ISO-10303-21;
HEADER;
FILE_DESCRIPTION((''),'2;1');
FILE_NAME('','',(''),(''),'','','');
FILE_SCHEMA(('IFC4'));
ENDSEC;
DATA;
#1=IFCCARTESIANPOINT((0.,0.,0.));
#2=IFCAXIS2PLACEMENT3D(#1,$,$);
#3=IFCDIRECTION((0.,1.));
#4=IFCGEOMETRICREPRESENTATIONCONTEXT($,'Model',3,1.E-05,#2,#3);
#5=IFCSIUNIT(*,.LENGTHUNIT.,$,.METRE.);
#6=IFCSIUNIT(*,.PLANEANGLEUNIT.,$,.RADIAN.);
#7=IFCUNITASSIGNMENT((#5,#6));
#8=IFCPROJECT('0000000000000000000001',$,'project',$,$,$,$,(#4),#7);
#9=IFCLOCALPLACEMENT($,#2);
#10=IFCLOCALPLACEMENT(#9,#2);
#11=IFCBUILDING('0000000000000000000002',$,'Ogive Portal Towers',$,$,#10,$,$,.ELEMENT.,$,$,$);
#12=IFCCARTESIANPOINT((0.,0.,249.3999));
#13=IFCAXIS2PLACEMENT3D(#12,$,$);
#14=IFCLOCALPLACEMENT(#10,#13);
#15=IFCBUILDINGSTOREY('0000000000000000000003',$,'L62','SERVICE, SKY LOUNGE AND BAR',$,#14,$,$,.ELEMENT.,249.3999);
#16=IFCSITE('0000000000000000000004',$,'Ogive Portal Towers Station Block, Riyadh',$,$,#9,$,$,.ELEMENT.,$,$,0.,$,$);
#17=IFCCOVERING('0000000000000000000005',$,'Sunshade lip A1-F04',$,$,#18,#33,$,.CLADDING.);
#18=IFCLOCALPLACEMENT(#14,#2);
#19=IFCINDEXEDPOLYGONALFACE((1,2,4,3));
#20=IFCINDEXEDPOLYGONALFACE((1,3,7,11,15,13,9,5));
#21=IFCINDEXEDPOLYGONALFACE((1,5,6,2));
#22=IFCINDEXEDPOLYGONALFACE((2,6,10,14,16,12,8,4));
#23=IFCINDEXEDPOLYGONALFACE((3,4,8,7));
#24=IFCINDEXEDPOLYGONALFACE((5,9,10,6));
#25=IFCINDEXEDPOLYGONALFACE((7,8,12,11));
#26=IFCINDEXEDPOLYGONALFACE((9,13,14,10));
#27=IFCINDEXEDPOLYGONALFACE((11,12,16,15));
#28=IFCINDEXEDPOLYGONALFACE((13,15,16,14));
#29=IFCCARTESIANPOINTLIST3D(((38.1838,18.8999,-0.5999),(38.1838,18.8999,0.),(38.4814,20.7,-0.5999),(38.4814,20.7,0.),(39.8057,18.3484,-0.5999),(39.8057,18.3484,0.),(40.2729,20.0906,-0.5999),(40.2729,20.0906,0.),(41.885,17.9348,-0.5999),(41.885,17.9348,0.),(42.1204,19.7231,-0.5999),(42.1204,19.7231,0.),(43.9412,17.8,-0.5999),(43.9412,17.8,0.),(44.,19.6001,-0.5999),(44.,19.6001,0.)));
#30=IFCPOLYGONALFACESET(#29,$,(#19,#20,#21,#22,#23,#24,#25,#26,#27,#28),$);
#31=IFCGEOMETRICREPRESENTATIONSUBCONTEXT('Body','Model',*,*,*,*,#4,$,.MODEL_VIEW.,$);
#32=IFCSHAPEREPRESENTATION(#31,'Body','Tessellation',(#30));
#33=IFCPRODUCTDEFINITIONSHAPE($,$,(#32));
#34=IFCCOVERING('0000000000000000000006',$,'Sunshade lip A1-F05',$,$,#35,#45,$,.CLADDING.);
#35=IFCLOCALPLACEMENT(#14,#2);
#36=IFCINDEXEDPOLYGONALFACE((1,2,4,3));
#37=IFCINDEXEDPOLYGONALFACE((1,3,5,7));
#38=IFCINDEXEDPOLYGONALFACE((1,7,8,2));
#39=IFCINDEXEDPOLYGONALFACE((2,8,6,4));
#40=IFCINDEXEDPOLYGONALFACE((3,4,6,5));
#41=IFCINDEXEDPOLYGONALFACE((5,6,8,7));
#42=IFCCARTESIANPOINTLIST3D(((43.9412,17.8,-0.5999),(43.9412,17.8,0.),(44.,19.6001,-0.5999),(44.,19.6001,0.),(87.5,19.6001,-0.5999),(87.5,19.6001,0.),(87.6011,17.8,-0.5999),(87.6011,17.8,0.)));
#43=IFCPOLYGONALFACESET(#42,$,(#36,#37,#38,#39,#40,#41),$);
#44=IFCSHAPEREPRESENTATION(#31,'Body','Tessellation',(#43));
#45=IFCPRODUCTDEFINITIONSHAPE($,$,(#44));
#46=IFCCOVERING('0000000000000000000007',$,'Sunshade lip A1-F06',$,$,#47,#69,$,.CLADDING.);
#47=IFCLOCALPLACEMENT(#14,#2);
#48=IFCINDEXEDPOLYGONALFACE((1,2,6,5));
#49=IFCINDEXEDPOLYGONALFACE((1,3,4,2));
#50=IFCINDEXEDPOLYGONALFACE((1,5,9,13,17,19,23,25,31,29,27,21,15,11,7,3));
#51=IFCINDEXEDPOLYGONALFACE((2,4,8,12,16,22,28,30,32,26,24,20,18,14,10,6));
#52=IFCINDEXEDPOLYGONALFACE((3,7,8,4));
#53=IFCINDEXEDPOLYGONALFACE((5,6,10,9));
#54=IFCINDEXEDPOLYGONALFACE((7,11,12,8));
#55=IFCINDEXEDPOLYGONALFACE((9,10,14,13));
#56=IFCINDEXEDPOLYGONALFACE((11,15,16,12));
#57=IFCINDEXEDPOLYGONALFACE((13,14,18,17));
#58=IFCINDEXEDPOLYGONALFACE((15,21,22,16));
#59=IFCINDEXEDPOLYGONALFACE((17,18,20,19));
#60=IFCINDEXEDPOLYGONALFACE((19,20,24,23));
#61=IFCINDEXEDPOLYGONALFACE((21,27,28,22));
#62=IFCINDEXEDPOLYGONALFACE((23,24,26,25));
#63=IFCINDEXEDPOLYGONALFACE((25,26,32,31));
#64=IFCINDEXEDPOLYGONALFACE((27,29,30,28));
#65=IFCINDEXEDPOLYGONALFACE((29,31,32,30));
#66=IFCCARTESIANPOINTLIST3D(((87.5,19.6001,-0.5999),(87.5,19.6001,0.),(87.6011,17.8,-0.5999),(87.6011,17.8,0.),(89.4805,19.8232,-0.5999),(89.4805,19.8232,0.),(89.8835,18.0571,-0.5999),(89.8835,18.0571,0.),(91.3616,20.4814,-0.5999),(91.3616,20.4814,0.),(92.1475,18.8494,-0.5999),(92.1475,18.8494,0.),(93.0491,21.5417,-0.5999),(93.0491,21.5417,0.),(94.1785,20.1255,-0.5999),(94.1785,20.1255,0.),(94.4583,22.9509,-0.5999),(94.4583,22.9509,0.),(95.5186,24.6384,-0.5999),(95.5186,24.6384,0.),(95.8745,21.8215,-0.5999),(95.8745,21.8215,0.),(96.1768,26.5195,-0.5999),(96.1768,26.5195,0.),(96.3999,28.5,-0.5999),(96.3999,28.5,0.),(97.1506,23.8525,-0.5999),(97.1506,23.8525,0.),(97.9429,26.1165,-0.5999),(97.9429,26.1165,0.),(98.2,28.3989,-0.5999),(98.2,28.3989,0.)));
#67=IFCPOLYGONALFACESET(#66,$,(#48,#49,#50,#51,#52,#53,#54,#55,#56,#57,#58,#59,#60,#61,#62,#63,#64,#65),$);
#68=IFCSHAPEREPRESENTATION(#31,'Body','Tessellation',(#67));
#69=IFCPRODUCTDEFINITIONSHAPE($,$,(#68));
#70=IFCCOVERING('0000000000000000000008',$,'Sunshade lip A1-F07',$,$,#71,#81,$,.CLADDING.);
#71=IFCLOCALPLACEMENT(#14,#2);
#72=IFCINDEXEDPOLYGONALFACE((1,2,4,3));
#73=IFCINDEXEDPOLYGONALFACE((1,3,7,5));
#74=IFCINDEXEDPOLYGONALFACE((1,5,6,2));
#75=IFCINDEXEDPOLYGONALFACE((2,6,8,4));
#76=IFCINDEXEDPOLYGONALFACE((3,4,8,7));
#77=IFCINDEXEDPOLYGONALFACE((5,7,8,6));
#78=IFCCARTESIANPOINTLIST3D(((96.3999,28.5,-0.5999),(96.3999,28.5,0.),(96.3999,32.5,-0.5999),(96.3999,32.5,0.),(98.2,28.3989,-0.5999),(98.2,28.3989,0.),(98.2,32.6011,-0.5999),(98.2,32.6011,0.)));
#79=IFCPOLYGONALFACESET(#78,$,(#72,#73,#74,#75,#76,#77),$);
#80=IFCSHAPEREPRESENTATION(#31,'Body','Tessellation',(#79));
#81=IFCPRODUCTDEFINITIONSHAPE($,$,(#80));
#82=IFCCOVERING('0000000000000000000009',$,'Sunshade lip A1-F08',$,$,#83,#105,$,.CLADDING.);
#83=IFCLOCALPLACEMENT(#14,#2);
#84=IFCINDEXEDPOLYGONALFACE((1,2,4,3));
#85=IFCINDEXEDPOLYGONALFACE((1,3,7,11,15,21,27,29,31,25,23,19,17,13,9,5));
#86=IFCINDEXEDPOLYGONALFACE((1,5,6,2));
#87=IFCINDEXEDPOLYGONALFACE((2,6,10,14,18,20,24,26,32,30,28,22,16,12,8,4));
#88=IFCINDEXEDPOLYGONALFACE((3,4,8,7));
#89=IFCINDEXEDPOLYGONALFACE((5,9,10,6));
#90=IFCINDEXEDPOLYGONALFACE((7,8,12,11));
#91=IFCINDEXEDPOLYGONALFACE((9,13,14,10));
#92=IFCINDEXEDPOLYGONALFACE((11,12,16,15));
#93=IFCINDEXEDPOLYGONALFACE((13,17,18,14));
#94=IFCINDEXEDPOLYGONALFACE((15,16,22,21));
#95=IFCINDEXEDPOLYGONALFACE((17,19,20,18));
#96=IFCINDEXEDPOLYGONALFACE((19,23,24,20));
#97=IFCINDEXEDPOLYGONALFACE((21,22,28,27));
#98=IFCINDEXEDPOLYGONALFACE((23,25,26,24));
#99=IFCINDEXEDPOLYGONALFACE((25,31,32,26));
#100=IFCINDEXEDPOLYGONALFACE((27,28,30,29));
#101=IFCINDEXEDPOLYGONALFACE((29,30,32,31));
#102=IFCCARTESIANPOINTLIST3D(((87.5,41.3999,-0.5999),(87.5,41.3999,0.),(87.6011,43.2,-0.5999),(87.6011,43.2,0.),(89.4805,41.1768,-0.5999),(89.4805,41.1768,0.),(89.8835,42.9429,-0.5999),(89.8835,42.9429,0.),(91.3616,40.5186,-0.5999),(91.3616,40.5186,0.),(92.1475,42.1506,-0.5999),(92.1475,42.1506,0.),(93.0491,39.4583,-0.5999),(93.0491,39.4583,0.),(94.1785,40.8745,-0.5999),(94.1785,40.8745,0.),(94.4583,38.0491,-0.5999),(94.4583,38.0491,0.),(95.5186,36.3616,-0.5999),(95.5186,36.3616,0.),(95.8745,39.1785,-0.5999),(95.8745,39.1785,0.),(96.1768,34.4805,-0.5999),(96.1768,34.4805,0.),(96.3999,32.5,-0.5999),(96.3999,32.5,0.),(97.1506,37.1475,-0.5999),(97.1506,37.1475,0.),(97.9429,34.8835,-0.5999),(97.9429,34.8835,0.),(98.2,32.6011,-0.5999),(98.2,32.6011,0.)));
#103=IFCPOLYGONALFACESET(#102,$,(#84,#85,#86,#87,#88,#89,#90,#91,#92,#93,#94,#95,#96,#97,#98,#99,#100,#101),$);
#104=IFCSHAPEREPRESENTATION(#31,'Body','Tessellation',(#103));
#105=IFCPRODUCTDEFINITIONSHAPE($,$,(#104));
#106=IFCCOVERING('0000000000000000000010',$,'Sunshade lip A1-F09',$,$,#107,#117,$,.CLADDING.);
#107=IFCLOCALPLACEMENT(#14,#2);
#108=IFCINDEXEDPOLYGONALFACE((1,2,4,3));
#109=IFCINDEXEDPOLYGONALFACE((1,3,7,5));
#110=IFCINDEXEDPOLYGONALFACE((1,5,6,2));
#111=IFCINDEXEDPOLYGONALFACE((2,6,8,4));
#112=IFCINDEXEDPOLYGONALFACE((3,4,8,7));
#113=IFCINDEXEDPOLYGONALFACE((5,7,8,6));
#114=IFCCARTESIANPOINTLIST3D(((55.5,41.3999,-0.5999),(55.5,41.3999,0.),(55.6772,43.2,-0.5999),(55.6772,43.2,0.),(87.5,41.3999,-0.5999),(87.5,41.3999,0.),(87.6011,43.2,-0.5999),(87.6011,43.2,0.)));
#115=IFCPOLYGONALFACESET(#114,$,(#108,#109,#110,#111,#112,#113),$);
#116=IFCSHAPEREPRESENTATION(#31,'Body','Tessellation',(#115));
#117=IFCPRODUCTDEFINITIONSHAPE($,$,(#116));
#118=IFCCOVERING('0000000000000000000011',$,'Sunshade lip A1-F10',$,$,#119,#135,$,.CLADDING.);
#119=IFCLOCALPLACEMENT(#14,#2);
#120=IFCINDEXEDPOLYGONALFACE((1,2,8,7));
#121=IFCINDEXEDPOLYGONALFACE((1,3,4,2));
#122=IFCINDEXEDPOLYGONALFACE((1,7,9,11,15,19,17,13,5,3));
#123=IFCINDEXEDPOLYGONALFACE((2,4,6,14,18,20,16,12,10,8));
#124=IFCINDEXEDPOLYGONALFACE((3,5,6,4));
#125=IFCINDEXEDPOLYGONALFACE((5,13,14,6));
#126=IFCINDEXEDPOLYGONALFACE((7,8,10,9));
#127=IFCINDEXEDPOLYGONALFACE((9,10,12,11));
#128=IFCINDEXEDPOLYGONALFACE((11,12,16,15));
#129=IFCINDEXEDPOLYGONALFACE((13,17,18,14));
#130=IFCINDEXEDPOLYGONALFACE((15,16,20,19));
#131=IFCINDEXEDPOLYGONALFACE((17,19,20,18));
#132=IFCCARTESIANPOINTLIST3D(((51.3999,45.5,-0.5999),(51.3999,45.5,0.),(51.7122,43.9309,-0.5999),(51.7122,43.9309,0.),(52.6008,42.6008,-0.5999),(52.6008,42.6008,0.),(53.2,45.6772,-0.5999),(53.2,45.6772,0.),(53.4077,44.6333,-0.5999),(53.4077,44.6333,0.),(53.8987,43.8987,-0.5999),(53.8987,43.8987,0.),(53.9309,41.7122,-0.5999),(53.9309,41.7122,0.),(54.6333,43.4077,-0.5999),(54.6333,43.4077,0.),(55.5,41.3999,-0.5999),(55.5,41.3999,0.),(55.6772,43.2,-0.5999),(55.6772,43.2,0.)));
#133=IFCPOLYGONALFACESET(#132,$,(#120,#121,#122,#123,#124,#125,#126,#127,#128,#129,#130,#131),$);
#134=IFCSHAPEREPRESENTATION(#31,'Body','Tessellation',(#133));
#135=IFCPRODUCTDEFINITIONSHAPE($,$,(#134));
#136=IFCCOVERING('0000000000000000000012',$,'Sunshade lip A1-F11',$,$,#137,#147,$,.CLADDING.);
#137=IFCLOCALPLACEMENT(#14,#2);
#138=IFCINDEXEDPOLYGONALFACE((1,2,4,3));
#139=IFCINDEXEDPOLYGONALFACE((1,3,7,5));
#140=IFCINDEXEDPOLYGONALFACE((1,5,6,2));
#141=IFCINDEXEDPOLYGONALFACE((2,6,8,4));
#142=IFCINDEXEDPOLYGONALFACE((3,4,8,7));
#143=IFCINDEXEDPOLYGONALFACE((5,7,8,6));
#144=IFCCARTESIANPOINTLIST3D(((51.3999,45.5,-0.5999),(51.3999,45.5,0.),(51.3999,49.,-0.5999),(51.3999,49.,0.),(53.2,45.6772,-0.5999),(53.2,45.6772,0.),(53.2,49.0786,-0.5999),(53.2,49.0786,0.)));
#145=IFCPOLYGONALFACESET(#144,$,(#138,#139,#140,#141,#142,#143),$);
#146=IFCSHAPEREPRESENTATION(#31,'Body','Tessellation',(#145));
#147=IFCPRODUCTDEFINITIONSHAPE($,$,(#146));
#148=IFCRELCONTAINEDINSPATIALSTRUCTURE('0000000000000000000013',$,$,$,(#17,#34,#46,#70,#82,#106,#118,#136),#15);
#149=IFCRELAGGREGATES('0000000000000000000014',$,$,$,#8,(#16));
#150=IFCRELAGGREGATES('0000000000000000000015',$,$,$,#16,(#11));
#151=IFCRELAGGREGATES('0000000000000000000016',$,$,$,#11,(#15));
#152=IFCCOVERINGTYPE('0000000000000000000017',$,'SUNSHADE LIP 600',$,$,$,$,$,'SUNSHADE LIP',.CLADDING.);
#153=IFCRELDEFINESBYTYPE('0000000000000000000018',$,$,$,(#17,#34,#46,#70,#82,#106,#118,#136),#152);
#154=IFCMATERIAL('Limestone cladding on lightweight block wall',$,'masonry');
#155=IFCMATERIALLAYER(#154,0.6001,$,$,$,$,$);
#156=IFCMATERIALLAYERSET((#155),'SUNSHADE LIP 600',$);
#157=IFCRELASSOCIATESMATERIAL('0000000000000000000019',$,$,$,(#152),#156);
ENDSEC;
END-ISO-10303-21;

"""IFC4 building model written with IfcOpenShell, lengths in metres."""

from ifc_helpers import new_model, si_unit, direction, frame, origin, place, context, subcontext, project, spatial, polyline, outline, extrude, material, layer, layer_set, type_object, element, save


model = new_model("IFC4")

# Units and contexts
model_context = context("Model", 3, precision=1e-05, world=origin(), true_north=direction((0.0, 1.0)))
body_context = subcontext(model_context, "Body", "Model", "MODEL_VIEW")
ifc_project = project(units=[si_unit("LENGTHUNIT", "METRE"), si_unit("PLANEANGLEUNIT", "RADIAN")], contexts=[model_context])

# Site, building, storey
site_placement = place(None, origin())
site = spatial("IfcSite", under=ifc_project, at=site_placement, Name="Ogive Portal Towers Station Block, Riyadh", CompositionType="ELEMENT", RefElevation=0.0)
building_placement = place(site_placement, origin())
building = spatial("IfcBuilding", under=site, at=building_placement, Name="Ogive Portal Towers", CompositionType="ELEMENT")
storey_placement = place(building_placement, frame((0.0, 0.0, 249.3999)))
storey = spatial("IfcBuildingStorey", under=building, at=storey_placement, Name="L62", Description="SERVICE, SKY LOUNGE AND BAR", CompositionType="ELEMENT", Elevation=249.3999)

# Coverings
ifc_material_1 = material(Name="Limestone cladding on lightweight block wall", Category="masonry")
ifc_layer_1 = layer(ifc_material_1, 0.6001)
ifc_layer_set_1 = layer_set([ifc_layer_1], Name="SUNSHADE LIP 600")
covering_type_1 = type_object("IfcCoveringType", Name="SUNSHADE LIP 600", ElementType="SUNSHADE LIP", PredefinedType="CLADDING", material=ifc_layer_set_1)
covering_1_placement = place(storey_placement, frame((0.0, 0.0, -0.5999)))
element("IfcCovering", 1, at=covering_1_placement, inside=storey, type_object=covering_type_1, Name="Sunshade lip A1-F04", PredefinedType="CLADDING", context=body_context, shape_type="SweptSolid", body=[
    extrude(outline(polyline([(38.4814, 20.7), (40.2729, 20.0906), (42.1204, 19.7231), (44.0, 19.6001), (43.9412, 17.8), (41.885, 17.9348), (39.8057, 18.3484), (38.1838, 18.8999), (38.4814, 20.7)])), origin(), (0.0, 0.0, 1.0), 0.5999),
])
covering_2_placement = place(storey_placement, frame((0.0, 0.0, -0.5999)))
element("IfcCovering", 2, at=covering_2_placement, inside=storey, type_object=covering_type_1, Name="Sunshade lip A1-F05", PredefinedType="CLADDING", context=body_context, shape_type="SweptSolid", body=[
    extrude(outline(polyline([(44.0, 19.6001), (87.5, 19.6001), (87.6011, 17.8), (43.9412, 17.8), (44.0, 19.6001)])), origin(), (0.0, 0.0, 1.0), 0.5999),
])
covering_3_placement = place(storey_placement, frame((0.0, 0.0, -0.5999)))
element("IfcCovering", 3, at=covering_3_placement, inside=storey, type_object=covering_type_1, Name="Sunshade lip A1-F06", PredefinedType="CLADDING", context=body_context, shape_type="SweptSolid", body=[
    extrude(outline(polyline([(87.5, 19.6001), (89.4805, 19.8232), (91.3616, 20.4814), (93.0491, 21.5417), (94.4583, 22.9509), (95.5186, 24.6384), (96.1768, 26.5195), (96.3999, 28.5), (98.2, 28.3989), (97.9429, 26.1165), (97.1506, 23.8525), (95.8745, 21.8215), (94.1785, 20.1255), (92.1475, 18.8494), (89.8835, 18.0571), (87.6011, 17.8), (87.5, 19.6001)])), origin(), (0.0, 0.0, 1.0), 0.5999),
])
covering_4_placement = place(storey_placement, frame((0.0, 0.0, -0.5999)))
element("IfcCovering", 4, at=covering_4_placement, inside=storey, type_object=covering_type_1, Name="Sunshade lip A1-F07", PredefinedType="CLADDING", context=body_context, shape_type="SweptSolid", body=[
    extrude(outline(polyline([(96.3999, 28.5), (96.3999, 32.5), (98.2, 32.6011), (98.2, 28.3989), (96.3999, 28.5)])), origin(), (0.0, 0.0, 1.0), 0.5999),
])
covering_5_placement = place(storey_placement, frame((0.0, 0.0, -0.5999)))
element("IfcCovering", 5, at=covering_5_placement, inside=storey, type_object=covering_type_1, Name="Sunshade lip A1-F08", PredefinedType="CLADDING", context=body_context, shape_type="SweptSolid", body=[
    extrude(outline(polyline([(96.3999, 32.5), (96.1768, 34.4805), (95.5186, 36.3616), (94.4583, 38.0491), (93.0491, 39.4583), (91.3616, 40.5186), (89.4805, 41.1768), (87.5, 41.3999), (87.6011, 43.2), (89.8835, 42.9429), (92.1475, 42.1506), (94.1785, 40.8745), (95.8745, 39.1785), (97.1506, 37.1475), (97.9429, 34.8835), (98.2, 32.6011), (96.3999, 32.5)])), origin(), (0.0, 0.0, 1.0), 0.5999),
])
covering_6_placement = place(storey_placement, frame((0.0, 0.0, -0.5999)))
element("IfcCovering", 6, at=covering_6_placement, inside=storey, type_object=covering_type_1, Name="Sunshade lip A1-F09", PredefinedType="CLADDING", context=body_context, shape_type="SweptSolid", body=[
    extrude(outline(polyline([(87.5, 41.3999), (55.5, 41.3999), (55.6772, 43.2), (87.6011, 43.2), (87.5, 41.3999)])), origin(), (0.0, 0.0, 1.0), 0.5999),
])
covering_7_placement = place(storey_placement, frame((0.0, 0.0, -0.5999)))
element("IfcCovering", 7, at=covering_7_placement, inside=storey, type_object=covering_type_1, Name="Sunshade lip A1-F10", PredefinedType="CLADDING", context=body_context, shape_type="SweptSolid", body=[
    extrude(outline(polyline([(55.5, 41.3999), (53.9309, 41.7122), (52.6008, 42.6008), (51.7122, 43.9309), (51.3999, 45.5), (53.2, 45.6772), (53.4077, 44.6333), (53.8987, 43.8987), (54.6333, 43.4077), (55.6772, 43.2), (55.5, 41.3999)])), origin(), (0.0, 0.0, 1.0), 0.5999),
])
covering_8_placement = place(storey_placement, frame((0.0, 0.0, -0.5999)))
element("IfcCovering", 8, at=covering_8_placement, inside=storey, type_object=covering_type_1, Name="Sunshade lip A1-F11", PredefinedType="CLADDING", context=body_context, shape_type="SweptSolid", body=[
    extrude(outline(polyline([(51.3999, 45.5), (51.3999, 49.0), (53.2, 49.0786), (53.2, 45.6772), (51.3999, 45.5)])), origin(), (0.0, 0.0, 1.0), 0.5999),
])

save(model, "model.ifc")
